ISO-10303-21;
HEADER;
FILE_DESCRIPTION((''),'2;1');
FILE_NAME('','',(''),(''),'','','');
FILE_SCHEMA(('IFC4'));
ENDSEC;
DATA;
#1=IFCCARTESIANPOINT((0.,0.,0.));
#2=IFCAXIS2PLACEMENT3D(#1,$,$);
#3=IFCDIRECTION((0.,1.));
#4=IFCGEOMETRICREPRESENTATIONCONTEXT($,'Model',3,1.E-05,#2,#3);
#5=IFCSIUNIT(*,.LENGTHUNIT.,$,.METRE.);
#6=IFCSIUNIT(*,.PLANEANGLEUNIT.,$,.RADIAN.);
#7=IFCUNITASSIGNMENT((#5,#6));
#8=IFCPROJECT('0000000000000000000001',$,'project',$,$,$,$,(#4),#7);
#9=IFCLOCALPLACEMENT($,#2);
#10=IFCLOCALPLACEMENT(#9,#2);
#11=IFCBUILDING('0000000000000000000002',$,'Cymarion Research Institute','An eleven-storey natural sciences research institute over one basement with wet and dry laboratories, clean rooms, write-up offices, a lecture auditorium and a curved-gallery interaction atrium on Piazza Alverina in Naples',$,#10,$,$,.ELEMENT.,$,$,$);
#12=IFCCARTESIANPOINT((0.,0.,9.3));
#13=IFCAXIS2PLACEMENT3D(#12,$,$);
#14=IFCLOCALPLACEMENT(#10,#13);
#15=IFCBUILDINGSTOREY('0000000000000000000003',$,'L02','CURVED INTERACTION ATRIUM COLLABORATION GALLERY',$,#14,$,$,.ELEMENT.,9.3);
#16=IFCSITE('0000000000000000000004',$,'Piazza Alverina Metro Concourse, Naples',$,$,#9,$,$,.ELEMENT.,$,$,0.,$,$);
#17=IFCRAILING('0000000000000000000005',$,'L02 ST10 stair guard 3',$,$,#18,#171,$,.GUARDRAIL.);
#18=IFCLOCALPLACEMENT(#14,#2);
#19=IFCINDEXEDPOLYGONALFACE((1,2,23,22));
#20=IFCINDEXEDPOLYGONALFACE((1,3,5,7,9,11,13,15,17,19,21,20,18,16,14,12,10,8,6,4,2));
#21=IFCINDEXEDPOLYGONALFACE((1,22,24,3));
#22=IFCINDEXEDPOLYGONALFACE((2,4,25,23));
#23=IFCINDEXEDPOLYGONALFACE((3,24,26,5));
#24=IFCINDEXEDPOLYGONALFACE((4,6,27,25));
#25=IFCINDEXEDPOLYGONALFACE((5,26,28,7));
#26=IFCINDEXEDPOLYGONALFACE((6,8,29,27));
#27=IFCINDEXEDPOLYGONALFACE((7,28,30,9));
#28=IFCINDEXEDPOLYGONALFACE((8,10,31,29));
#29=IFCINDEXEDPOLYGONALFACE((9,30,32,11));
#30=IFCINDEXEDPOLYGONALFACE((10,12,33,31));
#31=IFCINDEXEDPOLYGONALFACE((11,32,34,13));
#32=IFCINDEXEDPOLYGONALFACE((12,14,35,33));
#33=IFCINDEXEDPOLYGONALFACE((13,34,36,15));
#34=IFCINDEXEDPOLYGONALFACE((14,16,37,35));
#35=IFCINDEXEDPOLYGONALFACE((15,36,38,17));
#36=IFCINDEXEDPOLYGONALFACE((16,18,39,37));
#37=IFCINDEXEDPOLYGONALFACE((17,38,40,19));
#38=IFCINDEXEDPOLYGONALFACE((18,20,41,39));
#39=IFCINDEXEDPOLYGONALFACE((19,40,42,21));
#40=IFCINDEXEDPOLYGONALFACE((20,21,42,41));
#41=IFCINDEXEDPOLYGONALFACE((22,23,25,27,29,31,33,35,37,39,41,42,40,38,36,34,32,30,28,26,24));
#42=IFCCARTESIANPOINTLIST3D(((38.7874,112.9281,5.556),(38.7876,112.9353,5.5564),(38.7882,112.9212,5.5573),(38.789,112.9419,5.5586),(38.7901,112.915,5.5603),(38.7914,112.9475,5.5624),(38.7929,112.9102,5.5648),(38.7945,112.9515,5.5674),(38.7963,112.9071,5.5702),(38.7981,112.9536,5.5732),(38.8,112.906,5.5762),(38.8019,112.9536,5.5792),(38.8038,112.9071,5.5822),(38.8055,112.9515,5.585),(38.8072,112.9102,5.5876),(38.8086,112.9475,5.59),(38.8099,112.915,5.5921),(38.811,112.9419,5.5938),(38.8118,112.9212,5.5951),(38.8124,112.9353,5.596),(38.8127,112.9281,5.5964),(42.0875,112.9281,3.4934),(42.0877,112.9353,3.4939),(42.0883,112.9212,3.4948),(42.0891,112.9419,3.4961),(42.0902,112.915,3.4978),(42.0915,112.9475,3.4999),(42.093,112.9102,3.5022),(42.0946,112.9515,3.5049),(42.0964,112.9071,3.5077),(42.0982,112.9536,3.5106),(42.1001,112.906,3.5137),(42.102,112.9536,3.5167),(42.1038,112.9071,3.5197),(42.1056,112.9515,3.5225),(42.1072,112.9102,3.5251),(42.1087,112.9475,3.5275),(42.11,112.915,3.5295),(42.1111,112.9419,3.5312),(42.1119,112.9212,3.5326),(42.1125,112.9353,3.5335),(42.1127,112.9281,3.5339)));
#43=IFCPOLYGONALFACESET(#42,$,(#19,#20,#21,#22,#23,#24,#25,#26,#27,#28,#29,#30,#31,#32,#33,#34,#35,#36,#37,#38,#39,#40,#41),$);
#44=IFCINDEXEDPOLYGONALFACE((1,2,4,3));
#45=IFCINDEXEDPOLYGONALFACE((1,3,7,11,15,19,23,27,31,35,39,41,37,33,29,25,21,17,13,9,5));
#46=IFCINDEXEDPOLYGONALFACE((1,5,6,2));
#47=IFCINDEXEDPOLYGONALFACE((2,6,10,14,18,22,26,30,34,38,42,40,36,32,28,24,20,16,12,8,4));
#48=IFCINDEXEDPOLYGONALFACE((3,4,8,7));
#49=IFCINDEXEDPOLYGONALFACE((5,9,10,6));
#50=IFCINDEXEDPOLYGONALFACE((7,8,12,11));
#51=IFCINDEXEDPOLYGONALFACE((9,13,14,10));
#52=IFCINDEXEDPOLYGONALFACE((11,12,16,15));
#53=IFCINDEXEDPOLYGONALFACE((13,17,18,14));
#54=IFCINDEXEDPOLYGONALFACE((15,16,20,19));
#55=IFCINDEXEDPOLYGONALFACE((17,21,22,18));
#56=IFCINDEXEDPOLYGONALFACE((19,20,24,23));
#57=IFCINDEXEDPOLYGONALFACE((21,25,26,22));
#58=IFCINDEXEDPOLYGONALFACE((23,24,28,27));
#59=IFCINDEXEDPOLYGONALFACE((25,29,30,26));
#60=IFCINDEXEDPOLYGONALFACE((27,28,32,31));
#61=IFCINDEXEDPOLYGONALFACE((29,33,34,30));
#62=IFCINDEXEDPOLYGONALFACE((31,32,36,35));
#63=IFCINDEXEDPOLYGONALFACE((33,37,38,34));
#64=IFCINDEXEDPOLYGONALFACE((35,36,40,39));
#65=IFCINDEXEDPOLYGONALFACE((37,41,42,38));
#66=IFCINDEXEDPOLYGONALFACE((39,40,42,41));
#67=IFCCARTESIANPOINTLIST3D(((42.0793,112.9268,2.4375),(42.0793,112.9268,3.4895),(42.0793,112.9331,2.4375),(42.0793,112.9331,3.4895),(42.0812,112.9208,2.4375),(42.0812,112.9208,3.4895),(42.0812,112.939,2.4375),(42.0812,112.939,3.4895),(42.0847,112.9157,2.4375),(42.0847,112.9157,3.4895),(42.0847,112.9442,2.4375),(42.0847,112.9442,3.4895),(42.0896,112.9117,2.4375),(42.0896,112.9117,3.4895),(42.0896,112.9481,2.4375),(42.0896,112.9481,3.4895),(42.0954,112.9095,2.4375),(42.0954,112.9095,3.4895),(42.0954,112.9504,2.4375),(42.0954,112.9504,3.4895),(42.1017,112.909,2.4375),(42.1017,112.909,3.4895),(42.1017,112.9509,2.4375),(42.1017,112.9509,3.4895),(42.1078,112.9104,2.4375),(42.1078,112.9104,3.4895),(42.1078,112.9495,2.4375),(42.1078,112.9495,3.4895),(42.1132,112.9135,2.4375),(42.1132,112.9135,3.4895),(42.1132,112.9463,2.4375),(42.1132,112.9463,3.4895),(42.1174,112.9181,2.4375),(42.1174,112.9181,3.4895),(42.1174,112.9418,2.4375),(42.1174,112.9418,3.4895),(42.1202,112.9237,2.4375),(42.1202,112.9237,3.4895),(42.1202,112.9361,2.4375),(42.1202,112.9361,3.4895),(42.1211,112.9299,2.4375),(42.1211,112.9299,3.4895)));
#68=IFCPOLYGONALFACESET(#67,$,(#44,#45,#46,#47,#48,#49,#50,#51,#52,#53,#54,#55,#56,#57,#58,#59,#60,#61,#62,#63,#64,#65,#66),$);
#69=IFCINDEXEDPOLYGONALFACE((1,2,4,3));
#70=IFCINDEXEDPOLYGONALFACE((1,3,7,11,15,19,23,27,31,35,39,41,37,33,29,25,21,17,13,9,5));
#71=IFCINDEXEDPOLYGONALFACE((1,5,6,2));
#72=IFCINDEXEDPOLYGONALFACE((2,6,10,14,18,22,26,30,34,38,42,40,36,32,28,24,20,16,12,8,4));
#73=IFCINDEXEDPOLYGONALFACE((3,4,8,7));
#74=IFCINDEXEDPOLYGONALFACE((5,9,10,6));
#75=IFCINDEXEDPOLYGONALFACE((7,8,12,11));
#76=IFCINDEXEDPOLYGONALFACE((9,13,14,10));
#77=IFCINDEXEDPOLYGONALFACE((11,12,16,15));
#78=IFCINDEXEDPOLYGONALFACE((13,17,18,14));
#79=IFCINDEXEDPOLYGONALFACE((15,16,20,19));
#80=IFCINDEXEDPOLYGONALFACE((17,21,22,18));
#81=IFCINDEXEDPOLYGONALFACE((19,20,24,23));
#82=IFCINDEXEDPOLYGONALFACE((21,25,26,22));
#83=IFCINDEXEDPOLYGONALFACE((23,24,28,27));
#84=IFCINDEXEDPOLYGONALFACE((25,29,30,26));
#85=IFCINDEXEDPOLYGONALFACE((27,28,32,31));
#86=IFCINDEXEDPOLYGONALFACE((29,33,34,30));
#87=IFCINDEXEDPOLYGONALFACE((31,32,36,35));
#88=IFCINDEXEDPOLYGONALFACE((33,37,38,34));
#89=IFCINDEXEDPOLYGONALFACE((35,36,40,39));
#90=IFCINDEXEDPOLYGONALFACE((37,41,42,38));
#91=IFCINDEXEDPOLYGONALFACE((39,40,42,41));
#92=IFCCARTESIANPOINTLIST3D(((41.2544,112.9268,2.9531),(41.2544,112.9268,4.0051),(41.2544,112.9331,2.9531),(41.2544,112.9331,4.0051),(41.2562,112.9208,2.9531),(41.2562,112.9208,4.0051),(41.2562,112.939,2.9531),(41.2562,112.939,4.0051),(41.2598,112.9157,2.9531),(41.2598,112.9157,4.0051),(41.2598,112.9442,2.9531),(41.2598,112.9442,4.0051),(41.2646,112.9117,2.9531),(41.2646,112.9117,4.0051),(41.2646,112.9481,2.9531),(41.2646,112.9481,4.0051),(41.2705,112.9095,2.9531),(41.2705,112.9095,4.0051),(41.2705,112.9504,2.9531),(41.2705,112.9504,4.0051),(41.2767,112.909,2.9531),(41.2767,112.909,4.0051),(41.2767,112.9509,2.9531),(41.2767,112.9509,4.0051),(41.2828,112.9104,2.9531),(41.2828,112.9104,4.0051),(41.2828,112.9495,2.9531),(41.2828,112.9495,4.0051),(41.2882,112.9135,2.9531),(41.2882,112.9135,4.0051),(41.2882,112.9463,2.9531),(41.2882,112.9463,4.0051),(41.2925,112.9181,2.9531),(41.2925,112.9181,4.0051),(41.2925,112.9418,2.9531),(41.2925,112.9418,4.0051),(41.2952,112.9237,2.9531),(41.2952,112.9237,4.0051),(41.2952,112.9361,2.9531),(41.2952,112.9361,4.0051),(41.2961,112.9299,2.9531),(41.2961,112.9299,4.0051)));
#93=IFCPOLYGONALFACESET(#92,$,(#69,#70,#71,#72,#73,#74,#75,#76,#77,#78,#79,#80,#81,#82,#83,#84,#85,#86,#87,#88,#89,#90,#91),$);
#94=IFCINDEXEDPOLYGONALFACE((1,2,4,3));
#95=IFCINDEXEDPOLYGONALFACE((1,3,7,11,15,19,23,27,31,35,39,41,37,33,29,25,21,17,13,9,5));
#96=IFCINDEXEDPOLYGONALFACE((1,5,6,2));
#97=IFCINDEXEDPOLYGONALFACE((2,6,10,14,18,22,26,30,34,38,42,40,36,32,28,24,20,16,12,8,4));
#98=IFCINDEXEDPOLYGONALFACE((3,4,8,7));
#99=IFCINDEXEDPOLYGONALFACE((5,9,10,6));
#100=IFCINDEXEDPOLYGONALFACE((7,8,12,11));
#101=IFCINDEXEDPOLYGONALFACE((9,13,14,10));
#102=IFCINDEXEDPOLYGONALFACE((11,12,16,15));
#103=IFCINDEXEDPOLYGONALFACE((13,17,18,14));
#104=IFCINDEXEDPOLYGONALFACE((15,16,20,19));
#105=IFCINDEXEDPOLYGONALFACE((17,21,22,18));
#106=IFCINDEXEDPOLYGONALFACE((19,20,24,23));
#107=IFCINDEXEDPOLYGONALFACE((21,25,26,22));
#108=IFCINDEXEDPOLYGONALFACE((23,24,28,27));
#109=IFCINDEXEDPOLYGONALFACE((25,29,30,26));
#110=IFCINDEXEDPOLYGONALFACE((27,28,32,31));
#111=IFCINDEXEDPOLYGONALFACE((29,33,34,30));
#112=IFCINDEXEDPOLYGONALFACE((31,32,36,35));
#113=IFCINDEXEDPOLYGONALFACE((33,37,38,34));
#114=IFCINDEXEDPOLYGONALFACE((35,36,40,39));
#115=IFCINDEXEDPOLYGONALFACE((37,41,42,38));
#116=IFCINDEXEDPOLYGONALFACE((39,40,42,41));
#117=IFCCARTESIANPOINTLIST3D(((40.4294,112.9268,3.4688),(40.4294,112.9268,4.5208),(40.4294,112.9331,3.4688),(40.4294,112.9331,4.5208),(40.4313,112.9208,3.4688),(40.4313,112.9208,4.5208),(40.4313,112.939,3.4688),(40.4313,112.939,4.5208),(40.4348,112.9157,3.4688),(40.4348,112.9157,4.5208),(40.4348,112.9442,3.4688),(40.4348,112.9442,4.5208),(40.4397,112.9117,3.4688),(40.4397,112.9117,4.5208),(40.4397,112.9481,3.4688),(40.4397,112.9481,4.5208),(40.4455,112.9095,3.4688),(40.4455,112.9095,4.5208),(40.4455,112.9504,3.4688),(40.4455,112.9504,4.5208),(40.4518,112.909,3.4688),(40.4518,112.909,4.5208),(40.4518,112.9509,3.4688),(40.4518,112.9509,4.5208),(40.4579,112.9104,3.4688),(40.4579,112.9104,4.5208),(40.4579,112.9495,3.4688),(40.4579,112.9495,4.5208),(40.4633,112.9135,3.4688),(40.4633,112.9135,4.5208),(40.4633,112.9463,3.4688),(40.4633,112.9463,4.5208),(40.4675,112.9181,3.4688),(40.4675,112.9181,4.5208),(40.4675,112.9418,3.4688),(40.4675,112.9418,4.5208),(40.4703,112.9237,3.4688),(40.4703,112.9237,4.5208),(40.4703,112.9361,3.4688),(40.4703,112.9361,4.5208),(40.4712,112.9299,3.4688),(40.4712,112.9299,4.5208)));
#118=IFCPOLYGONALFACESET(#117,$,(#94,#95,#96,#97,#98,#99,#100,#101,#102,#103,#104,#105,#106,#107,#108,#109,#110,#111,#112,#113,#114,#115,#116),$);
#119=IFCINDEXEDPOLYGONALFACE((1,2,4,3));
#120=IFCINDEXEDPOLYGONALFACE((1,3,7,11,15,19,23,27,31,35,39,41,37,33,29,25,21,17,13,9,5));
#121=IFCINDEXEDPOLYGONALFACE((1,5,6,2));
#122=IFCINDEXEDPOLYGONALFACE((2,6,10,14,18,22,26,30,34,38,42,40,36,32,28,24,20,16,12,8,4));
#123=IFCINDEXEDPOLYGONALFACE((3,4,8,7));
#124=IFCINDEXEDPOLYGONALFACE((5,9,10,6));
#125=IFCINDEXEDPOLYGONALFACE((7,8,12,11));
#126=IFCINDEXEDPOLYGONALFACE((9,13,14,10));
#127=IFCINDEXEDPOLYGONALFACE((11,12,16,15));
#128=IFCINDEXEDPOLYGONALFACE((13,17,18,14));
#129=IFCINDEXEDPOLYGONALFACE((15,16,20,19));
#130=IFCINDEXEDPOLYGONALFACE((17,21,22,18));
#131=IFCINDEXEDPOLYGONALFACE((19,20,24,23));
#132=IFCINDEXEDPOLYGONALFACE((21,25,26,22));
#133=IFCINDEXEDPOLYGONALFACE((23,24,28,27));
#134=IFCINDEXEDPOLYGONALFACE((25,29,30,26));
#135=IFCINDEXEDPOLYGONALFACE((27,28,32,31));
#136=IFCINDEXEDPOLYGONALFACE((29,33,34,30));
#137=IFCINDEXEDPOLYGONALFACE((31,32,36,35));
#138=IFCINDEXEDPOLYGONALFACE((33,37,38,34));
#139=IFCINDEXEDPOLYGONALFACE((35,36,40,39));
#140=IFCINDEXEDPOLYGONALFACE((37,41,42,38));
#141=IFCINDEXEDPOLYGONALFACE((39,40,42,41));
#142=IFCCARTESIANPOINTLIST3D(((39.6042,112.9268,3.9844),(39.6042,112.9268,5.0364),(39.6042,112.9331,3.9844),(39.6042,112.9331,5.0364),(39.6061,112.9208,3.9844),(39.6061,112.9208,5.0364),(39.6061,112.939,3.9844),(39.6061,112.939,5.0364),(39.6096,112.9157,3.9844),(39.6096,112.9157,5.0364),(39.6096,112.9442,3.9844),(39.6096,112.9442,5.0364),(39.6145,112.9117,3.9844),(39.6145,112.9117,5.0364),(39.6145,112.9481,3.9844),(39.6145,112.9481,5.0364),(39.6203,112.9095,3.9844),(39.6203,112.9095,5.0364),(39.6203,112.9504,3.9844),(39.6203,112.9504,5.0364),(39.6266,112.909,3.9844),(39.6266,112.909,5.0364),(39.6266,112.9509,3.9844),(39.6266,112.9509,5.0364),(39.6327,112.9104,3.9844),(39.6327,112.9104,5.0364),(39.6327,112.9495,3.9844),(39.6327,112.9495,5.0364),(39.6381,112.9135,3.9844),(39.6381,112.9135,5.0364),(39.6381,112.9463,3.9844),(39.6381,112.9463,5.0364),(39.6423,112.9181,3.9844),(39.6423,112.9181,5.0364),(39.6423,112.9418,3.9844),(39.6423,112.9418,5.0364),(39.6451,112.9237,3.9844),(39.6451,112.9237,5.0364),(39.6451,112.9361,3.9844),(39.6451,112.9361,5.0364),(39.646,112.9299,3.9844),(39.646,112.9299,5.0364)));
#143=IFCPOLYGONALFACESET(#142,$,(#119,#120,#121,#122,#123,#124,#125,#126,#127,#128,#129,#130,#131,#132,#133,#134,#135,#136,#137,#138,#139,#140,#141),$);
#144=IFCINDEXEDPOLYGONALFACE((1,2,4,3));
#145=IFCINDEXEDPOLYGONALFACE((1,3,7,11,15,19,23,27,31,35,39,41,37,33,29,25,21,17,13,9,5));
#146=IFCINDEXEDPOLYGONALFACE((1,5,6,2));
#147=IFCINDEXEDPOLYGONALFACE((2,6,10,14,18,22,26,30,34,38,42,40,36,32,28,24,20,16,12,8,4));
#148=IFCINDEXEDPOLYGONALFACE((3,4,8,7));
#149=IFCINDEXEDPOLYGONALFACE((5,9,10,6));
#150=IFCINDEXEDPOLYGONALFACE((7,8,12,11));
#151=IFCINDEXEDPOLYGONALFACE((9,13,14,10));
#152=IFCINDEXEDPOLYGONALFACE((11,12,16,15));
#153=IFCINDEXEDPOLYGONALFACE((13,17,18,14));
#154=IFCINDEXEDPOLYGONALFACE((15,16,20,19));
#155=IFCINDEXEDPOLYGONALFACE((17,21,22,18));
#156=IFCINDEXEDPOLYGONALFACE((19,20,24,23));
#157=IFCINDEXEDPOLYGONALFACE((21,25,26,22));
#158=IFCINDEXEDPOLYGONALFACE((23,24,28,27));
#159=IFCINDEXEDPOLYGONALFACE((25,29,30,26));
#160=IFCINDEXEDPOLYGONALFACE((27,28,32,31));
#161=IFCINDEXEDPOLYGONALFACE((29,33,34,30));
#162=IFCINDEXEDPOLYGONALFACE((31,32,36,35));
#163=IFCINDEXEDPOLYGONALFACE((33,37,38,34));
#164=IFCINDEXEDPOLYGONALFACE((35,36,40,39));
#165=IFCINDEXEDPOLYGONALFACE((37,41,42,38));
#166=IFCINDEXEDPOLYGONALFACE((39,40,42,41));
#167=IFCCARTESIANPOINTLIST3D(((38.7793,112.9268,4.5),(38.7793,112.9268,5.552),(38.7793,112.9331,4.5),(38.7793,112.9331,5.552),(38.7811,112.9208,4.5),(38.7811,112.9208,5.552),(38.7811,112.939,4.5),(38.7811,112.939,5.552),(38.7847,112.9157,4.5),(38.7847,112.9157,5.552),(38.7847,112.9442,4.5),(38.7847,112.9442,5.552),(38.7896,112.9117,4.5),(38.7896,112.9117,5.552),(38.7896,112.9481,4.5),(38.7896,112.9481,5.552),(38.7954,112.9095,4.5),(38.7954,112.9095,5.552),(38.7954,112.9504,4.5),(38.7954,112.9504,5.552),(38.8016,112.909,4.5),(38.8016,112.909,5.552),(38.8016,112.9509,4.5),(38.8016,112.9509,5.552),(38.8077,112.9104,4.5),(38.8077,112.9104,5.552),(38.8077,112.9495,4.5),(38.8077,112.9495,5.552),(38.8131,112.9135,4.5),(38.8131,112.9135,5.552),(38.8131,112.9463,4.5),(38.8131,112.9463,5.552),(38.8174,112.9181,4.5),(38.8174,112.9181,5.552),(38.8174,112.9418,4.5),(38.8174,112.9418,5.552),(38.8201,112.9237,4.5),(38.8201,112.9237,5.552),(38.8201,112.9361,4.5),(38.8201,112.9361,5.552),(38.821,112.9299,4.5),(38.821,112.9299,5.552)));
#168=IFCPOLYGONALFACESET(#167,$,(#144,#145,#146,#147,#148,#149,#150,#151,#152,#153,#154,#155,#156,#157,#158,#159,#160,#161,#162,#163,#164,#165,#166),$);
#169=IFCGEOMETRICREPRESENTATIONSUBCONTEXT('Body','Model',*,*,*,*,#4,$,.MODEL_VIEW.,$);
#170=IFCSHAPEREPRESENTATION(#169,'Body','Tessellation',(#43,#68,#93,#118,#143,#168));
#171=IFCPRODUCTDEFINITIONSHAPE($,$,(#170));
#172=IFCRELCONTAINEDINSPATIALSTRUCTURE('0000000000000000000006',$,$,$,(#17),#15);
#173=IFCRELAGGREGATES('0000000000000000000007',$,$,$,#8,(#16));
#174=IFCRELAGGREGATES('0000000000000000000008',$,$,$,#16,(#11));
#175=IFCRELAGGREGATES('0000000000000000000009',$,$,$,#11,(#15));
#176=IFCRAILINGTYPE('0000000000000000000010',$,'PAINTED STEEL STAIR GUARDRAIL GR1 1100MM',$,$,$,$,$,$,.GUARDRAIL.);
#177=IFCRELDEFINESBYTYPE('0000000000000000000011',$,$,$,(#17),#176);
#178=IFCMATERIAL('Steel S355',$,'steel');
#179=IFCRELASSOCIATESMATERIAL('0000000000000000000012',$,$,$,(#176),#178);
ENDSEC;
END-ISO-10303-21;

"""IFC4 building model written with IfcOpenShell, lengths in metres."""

from ifc_helpers import new_model, si_unit, direction, frame, origin, origin_2d, place, context, subcontext, project, spatial, circle, extrude, material, type_object, element, save


model = new_model("IFC4")

# Units and contexts
model_context = context("Model", 3, precision=1e-05, world=origin(), true_north=direction((0.0, 1.0)))
body_context = subcontext(model_context, "Body", "Model", "MODEL_VIEW")
ifc_project = project(units=[si_unit("LENGTHUNIT", "METRE"), si_unit("PLANEANGLEUNIT", "RADIAN")], contexts=[model_context])

# Site, building, storey
site_placement = place(None, origin())
site = spatial("IfcSite", under=ifc_project, at=site_placement, Name="Piazza Alverina Metro Concourse, Naples", CompositionType="ELEMENT", RefElevation=0.0)
building_placement = place(site_placement, origin())
building = spatial("IfcBuilding", under=site, at=building_placement, Name="Cymarion Research Institute", Description="An eleven-storey natural sciences research institute over one basement with wet and dry laboratories, clean rooms, write-up offices, a lecture auditorium and a curved-gallery interaction atrium on Piazza Alverina in Naples", CompositionType="ELEMENT")
storey_placement = place(building_placement, frame((0.0, 0.0, 9.3)))
storey = spatial("IfcBuildingStorey", under=building, at=storey_placement, Name="L02", Description="CURVED INTERACTION ATRIUM COLLABORATION GALLERY", CompositionType="ELEMENT", Elevation=9.3)

# Shared definitions
ifc_material_1 = material(Name="Steel S355", Category="steel")

# Railing
railing_type_1 = type_object("IfcRailingType", Name="PAINTED STEEL STAIR GUARDRAIL GR1 1100MM", PredefinedType="GUARDRAIL", material=ifc_material_1)
railing_1_placement = place(storey_placement, frame((42.1001, 112.9299, 2.4375)))
element("IfcRailing", 1, at=railing_1_placement, inside=storey, type_object=railing_type_1, Name="L02 ST10 stair guard 3", PredefinedType="GUARDRAIL", context=body_context, shape_type="SweptSolid", body=[
    extrude(circle(Radius=0.0239, at=origin_2d()), frame((0.0, 0.0, 1.0762), z_axis=(-0.848002, 0.0, 0.529993), x_axis=(0.0, -1.0, 0.0)), (0.0, 0.0, 1.0), 3.8916),
    extrude(circle(Radius=0.021, at=origin_2d()), origin(), (0.0, 0.0, 1.0), 1.052),
    extrude(circle(Radius=0.021, at=origin_2d()), frame((-0.825, 0.0, 0.5156)), (0.0, 0.0, 1.0), 1.052),
    extrude(circle(Radius=0.021, at=origin_2d()), frame((-1.6499, 0.0, 1.0312)), (0.0, 0.0, 1.0), 1.052),
    extrude(circle(Radius=0.021, at=origin_2d()), frame((-2.4751, 0.0, 1.5469)), (0.0, 0.0, 1.0), 1.052),
    extrude(circle(Radius=0.021, at=origin_2d()), frame((-3.3, 0.0, 2.0625)), (0.0, 0.0, 1.0), 1.052),
])

save(model, "model.ifc")
